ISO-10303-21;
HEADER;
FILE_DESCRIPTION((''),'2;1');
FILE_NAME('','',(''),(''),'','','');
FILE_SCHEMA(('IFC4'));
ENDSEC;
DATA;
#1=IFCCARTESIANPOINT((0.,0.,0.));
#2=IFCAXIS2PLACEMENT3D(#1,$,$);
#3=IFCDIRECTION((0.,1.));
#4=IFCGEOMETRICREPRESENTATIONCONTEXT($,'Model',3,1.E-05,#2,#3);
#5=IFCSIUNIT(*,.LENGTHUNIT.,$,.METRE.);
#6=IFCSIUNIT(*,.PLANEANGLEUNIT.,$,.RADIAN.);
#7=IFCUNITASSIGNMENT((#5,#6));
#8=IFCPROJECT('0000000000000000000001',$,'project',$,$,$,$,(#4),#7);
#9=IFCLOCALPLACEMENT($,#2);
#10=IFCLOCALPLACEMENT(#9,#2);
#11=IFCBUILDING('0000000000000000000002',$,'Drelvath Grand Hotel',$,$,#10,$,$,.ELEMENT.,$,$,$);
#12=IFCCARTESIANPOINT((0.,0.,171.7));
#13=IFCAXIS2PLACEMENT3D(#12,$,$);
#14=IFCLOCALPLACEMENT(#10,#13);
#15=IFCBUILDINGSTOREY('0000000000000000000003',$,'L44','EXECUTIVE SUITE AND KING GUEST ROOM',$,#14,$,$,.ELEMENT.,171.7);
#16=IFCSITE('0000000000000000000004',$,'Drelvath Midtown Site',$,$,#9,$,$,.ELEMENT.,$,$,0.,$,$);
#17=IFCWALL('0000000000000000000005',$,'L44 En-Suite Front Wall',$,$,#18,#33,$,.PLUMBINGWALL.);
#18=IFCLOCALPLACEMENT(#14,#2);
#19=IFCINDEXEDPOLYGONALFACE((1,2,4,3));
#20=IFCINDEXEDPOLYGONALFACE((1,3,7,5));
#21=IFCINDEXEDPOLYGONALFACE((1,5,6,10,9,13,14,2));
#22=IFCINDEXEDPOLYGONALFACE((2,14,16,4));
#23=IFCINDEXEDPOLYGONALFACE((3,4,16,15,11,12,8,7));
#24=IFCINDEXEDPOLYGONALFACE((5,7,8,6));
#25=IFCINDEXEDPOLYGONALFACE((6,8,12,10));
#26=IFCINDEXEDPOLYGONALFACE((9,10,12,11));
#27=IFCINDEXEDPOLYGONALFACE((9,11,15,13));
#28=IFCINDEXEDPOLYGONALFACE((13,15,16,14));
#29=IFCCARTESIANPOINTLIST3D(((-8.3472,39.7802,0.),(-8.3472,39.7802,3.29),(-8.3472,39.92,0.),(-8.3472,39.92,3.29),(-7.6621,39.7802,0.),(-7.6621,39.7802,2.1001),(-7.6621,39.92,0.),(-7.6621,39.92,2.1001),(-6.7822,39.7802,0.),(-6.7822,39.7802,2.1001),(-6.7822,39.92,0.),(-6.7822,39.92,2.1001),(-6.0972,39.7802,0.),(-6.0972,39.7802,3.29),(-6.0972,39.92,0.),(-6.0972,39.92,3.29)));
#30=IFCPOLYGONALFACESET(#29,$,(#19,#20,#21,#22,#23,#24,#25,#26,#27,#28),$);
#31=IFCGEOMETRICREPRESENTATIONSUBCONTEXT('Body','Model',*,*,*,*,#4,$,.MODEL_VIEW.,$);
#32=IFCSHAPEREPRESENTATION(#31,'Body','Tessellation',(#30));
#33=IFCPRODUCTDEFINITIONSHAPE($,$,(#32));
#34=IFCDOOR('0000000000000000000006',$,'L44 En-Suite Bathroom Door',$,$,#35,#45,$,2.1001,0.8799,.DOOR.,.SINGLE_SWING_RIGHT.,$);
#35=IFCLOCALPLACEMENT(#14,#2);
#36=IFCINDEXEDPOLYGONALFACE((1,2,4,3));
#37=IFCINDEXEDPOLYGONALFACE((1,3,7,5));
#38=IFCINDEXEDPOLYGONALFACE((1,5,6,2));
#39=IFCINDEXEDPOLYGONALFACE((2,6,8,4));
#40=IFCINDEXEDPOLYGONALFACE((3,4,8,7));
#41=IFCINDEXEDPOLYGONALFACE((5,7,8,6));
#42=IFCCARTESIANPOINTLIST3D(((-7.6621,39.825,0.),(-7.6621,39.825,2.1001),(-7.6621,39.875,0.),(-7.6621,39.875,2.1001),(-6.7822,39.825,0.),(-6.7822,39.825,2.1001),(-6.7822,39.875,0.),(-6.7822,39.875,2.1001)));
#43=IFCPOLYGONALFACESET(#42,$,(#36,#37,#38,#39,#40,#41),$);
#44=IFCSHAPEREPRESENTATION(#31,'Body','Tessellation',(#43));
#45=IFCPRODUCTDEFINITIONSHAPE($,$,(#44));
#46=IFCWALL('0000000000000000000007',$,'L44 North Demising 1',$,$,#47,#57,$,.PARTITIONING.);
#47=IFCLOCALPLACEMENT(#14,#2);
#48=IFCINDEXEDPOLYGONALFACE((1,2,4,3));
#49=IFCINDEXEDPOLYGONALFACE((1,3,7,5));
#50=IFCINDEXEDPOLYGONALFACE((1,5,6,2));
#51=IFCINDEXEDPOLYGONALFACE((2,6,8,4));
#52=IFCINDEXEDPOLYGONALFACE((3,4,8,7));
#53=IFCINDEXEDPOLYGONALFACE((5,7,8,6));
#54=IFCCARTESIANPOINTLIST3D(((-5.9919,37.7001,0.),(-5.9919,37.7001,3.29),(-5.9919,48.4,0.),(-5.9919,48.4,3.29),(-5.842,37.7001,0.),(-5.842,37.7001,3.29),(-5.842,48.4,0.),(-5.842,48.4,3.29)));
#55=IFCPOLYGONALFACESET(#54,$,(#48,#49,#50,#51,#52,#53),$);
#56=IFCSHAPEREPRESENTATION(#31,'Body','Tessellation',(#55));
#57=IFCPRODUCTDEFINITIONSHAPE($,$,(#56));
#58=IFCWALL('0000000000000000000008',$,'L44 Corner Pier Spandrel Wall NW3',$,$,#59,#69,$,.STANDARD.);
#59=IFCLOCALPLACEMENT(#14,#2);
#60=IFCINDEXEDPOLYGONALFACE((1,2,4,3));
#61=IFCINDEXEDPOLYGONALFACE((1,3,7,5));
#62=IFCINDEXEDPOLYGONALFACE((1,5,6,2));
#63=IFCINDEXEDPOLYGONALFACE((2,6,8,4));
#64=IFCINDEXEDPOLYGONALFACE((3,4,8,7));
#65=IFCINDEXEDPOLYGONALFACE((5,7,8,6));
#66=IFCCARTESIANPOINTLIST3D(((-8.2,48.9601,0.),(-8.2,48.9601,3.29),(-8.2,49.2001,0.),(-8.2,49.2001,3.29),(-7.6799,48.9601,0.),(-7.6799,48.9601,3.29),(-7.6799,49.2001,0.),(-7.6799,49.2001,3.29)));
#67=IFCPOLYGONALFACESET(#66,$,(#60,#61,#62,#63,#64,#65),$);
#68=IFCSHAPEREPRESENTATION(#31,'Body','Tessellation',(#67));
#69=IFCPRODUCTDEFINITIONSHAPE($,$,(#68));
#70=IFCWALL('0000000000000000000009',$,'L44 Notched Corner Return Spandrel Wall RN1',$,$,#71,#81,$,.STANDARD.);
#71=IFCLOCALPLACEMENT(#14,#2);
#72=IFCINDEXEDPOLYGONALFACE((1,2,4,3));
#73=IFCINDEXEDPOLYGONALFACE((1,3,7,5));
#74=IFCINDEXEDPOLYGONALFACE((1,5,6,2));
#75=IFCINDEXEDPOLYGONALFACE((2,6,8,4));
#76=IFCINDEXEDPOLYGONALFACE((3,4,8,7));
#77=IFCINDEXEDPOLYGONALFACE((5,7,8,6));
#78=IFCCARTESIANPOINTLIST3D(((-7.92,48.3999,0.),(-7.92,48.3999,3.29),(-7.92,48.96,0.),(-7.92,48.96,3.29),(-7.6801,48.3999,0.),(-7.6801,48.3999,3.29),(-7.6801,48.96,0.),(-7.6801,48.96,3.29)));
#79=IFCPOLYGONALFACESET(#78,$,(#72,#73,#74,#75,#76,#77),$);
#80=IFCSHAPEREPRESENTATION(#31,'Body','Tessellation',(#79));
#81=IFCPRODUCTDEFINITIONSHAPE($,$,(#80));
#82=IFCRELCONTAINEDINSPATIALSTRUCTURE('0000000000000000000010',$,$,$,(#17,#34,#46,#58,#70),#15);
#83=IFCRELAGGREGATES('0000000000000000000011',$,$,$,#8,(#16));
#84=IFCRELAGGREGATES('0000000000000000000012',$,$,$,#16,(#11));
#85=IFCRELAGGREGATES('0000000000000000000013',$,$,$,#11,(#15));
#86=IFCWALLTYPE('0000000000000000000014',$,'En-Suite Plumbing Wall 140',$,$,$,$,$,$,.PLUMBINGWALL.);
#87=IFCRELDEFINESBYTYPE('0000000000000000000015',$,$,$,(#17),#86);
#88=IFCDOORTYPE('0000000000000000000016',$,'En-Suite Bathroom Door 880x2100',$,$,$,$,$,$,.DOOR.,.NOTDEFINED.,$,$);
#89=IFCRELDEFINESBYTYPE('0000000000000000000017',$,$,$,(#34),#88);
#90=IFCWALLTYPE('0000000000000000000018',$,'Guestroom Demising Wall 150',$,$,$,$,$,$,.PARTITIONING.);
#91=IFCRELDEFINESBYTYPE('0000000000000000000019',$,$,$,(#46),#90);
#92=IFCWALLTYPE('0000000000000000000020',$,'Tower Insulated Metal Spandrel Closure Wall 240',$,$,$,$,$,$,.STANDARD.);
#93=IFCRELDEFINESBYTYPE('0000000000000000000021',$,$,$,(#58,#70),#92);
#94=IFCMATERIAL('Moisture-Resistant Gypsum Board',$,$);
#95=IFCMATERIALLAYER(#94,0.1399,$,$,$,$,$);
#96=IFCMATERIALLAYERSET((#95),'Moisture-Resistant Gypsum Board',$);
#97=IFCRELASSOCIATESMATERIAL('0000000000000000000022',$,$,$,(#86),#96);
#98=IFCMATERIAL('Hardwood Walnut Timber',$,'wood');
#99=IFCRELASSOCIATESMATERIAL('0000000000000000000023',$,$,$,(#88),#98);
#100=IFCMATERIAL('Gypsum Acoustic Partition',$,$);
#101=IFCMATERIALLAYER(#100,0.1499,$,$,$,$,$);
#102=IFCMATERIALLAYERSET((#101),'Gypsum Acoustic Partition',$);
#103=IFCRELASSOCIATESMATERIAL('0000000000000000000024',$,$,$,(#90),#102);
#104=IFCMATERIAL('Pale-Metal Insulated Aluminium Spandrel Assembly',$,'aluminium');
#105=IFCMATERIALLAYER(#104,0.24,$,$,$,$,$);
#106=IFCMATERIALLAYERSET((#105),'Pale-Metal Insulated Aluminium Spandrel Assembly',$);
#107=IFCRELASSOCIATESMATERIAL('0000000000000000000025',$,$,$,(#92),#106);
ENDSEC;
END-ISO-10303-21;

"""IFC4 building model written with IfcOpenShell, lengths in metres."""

from ifc_helpers import new_model, si_unit, direction, frame, frame_2d, origin, place, context, subcontext, project, spatial, rectangle, extrude, material, layer, layer_set, type_object, element, fill, save


model = new_model("IFC4")

# Units and contexts
model_context = context("Model", 3, precision=1e-05, world=origin(), true_north=direction((0.0, 1.0)))
body_context = subcontext(model_context, "Body", "Model", "MODEL_VIEW")
ifc_project = project(units=[si_unit("LENGTHUNIT", "METRE"), si_unit("PLANEANGLEUNIT", "RADIAN")], contexts=[model_context])

# Site, building, storey
site_placement = place(None, origin())
site = spatial("IfcSite", under=ifc_project, at=site_placement, Name="Drelvath Midtown Site", CompositionType="ELEMENT", RefElevation=0.0)
building_placement = place(site_placement, origin())
building = spatial("IfcBuilding", under=site, at=building_placement, Name="Drelvath Grand Hotel", CompositionType="ELEMENT")
storey_placement = place(building_placement, frame((0.0, 0.0, 171.7)))
storey = spatial("IfcBuildingStorey", under=building, at=storey_placement, Name="L44", Description="EXECUTIVE SUITE AND KING GUEST ROOM", CompositionType="ELEMENT", Elevation=171.7)

# Wall, opening, door
ifc_material_1 = material(Name="Moisture-Resistant Gypsum Board")
ifc_layer_1 = layer(ifc_material_1, 0.1399)
ifc_layer_set_1 = layer_set([ifc_layer_1], Name="Moisture-Resistant Gypsum Board")
wall_type_1 = type_object("IfcWallType", Name="En-Suite Plumbing Wall 140", PredefinedType="PLUMBINGWALL", material=ifc_layer_set_1)
wall_1_placement = place(storey_placement, frame((-8.3472, 39.8501, 0.0), z_axis=(0.0, 0.0, 1.0), x_axis=(1.0, 0.0, 0.0)))
wall_1 = element("IfcWall", 1, at=wall_1_placement, inside=storey, type_object=wall_type_1, Name="L44 En-Suite Front Wall", PredefinedType="PLUMBINGWALL", context=body_context, shape_type="SweptSolid", body=[
    extrude(rectangle(XDim=2.25, YDim=0.1399, at=frame_2d((1.125, 0.0))), origin(), (0.0, 0.0, 1.0), 3.29),
])
opening_placement = place(wall_1_placement, frame((0.6851, 0.0, 0.0)))
opening = element("IfcOpeningElement", 2, at=opening_placement, cuts=wall_1, PredefinedType="OPENING", context=body_context, shape_type="SweptSolid", body=[
    extrude(rectangle(XDim=0.8799, YDim=2.1001, at=frame_2d((0.4399, 1.05))), frame((0.0, 0.0798, 0.0), z_axis=(0.0, -1.0, 0.0), x_axis=(1.0, 0.0, 0.0)), (0.0, 0.0, 1.0), 0.1599),
])
ifc_material_2 = material(Name="Hardwood Walnut Timber", Category="wood")
door_type = type_object("IfcDoorType", Name="En-Suite Bathroom Door 880x2100", OperationType="NOTDEFINED", PredefinedType="DOOR", material=ifc_material_2)
door_placement = place(opening_placement, origin())
door = element("IfcDoor", 3, at=door_placement, inside=storey, type_object=door_type, Name="L44 En-Suite Bathroom Door", OperationType="SINGLE_SWING_RIGHT", OverallHeight=2.1001, OverallWidth=0.8799, PredefinedType="DOOR", context=body_context, shape_type="SweptSolid", body=[
    extrude(rectangle(XDim=0.8799, YDim=2.1001, at=frame_2d((0.4399, 1.05))), frame((0.0, 0.0249, 0.0), z_axis=(0.0, -1.0, 0.0), x_axis=(1.0, 0.0, 0.0)), (0.0, 0.0, 1.0), 0.05),
])
fill(opening, door)

# Walls
ifc_material_3 = material(Name="Gypsum Acoustic Partition")
ifc_layer_2 = layer(ifc_material_3, 0.1499)
ifc_layer_set_2 = layer_set([ifc_layer_2], Name="Gypsum Acoustic Partition")
wall_type_2 = type_object("IfcWallType", Name="Guestroom Demising Wall 150", PredefinedType="PARTITIONING", material=ifc_layer_set_2)
wall_2_placement = place(storey_placement, frame((-5.917, 37.7, 0.0), z_axis=(0.0, 0.0, 1.0), x_axis=(0.0, 1.0, 0.0)))
element("IfcWall", 4, at=wall_2_placement, inside=storey, type_object=wall_type_2, Name="L44 North Demising 1", PredefinedType="PARTITIONING", context=body_context, shape_type="SweptSolid", body=[
    extrude(rectangle(XDim=10.7, YDim=0.1499, at=frame_2d((5.3501, 0.0))), origin(), (0.0, 0.0, 1.0), 3.29),
])
ifc_material_4 = material(Name="Pale-Metal Insulated Aluminium Spandrel Assembly", Category="aluminium")
ifc_layer_3 = layer(ifc_material_4, 0.24)
ifc_layer_set_3 = layer_set([ifc_layer_3], Name="Pale-Metal Insulated Aluminium Spandrel Assembly")
wall_type_3 = type_object("IfcWallType", Name="Tower Insulated Metal Spandrel Closure Wall 240", PredefinedType="STANDARD", material=ifc_layer_set_3)
wall_3_placement = place(storey_placement, frame((-8.2, 49.0801, 0.0), z_axis=(0.0, 0.0, 1.0), x_axis=(1.0, 0.0, 0.0)))
element("IfcWall", 5, at=wall_3_placement, inside=storey, type_object=wall_type_3, Name="L44 Corner Pier Spandrel Wall NW3", PredefinedType="STANDARD", context=body_context, shape_type="SweptSolid", body=[
    extrude(rectangle(XDim=0.52, YDim=0.24, at=frame_2d((0.26, 0.0))), origin(), (0.0, 0.0, 1.0), 3.29),
])
wall_4_placement = place(storey_placement, frame((-7.8, 48.96, 0.0), z_axis=(0.0, 0.0, 1.0), x_axis=(0.0, -1.0, 0.0)))
element("IfcWall", 6, at=wall_4_placement, inside=storey, type_object=wall_type_3, Name="L44 Notched Corner Return Spandrel Wall RN1", PredefinedType="STANDARD", context=body_context, shape_type="SweptSolid", body=[
    extrude(rectangle(XDim=0.5601, YDim=0.24, at=frame_2d((0.28, 0.0))), origin(), (0.0, 0.0, 1.0), 3.29),
])

save(model, "model.ifc")
